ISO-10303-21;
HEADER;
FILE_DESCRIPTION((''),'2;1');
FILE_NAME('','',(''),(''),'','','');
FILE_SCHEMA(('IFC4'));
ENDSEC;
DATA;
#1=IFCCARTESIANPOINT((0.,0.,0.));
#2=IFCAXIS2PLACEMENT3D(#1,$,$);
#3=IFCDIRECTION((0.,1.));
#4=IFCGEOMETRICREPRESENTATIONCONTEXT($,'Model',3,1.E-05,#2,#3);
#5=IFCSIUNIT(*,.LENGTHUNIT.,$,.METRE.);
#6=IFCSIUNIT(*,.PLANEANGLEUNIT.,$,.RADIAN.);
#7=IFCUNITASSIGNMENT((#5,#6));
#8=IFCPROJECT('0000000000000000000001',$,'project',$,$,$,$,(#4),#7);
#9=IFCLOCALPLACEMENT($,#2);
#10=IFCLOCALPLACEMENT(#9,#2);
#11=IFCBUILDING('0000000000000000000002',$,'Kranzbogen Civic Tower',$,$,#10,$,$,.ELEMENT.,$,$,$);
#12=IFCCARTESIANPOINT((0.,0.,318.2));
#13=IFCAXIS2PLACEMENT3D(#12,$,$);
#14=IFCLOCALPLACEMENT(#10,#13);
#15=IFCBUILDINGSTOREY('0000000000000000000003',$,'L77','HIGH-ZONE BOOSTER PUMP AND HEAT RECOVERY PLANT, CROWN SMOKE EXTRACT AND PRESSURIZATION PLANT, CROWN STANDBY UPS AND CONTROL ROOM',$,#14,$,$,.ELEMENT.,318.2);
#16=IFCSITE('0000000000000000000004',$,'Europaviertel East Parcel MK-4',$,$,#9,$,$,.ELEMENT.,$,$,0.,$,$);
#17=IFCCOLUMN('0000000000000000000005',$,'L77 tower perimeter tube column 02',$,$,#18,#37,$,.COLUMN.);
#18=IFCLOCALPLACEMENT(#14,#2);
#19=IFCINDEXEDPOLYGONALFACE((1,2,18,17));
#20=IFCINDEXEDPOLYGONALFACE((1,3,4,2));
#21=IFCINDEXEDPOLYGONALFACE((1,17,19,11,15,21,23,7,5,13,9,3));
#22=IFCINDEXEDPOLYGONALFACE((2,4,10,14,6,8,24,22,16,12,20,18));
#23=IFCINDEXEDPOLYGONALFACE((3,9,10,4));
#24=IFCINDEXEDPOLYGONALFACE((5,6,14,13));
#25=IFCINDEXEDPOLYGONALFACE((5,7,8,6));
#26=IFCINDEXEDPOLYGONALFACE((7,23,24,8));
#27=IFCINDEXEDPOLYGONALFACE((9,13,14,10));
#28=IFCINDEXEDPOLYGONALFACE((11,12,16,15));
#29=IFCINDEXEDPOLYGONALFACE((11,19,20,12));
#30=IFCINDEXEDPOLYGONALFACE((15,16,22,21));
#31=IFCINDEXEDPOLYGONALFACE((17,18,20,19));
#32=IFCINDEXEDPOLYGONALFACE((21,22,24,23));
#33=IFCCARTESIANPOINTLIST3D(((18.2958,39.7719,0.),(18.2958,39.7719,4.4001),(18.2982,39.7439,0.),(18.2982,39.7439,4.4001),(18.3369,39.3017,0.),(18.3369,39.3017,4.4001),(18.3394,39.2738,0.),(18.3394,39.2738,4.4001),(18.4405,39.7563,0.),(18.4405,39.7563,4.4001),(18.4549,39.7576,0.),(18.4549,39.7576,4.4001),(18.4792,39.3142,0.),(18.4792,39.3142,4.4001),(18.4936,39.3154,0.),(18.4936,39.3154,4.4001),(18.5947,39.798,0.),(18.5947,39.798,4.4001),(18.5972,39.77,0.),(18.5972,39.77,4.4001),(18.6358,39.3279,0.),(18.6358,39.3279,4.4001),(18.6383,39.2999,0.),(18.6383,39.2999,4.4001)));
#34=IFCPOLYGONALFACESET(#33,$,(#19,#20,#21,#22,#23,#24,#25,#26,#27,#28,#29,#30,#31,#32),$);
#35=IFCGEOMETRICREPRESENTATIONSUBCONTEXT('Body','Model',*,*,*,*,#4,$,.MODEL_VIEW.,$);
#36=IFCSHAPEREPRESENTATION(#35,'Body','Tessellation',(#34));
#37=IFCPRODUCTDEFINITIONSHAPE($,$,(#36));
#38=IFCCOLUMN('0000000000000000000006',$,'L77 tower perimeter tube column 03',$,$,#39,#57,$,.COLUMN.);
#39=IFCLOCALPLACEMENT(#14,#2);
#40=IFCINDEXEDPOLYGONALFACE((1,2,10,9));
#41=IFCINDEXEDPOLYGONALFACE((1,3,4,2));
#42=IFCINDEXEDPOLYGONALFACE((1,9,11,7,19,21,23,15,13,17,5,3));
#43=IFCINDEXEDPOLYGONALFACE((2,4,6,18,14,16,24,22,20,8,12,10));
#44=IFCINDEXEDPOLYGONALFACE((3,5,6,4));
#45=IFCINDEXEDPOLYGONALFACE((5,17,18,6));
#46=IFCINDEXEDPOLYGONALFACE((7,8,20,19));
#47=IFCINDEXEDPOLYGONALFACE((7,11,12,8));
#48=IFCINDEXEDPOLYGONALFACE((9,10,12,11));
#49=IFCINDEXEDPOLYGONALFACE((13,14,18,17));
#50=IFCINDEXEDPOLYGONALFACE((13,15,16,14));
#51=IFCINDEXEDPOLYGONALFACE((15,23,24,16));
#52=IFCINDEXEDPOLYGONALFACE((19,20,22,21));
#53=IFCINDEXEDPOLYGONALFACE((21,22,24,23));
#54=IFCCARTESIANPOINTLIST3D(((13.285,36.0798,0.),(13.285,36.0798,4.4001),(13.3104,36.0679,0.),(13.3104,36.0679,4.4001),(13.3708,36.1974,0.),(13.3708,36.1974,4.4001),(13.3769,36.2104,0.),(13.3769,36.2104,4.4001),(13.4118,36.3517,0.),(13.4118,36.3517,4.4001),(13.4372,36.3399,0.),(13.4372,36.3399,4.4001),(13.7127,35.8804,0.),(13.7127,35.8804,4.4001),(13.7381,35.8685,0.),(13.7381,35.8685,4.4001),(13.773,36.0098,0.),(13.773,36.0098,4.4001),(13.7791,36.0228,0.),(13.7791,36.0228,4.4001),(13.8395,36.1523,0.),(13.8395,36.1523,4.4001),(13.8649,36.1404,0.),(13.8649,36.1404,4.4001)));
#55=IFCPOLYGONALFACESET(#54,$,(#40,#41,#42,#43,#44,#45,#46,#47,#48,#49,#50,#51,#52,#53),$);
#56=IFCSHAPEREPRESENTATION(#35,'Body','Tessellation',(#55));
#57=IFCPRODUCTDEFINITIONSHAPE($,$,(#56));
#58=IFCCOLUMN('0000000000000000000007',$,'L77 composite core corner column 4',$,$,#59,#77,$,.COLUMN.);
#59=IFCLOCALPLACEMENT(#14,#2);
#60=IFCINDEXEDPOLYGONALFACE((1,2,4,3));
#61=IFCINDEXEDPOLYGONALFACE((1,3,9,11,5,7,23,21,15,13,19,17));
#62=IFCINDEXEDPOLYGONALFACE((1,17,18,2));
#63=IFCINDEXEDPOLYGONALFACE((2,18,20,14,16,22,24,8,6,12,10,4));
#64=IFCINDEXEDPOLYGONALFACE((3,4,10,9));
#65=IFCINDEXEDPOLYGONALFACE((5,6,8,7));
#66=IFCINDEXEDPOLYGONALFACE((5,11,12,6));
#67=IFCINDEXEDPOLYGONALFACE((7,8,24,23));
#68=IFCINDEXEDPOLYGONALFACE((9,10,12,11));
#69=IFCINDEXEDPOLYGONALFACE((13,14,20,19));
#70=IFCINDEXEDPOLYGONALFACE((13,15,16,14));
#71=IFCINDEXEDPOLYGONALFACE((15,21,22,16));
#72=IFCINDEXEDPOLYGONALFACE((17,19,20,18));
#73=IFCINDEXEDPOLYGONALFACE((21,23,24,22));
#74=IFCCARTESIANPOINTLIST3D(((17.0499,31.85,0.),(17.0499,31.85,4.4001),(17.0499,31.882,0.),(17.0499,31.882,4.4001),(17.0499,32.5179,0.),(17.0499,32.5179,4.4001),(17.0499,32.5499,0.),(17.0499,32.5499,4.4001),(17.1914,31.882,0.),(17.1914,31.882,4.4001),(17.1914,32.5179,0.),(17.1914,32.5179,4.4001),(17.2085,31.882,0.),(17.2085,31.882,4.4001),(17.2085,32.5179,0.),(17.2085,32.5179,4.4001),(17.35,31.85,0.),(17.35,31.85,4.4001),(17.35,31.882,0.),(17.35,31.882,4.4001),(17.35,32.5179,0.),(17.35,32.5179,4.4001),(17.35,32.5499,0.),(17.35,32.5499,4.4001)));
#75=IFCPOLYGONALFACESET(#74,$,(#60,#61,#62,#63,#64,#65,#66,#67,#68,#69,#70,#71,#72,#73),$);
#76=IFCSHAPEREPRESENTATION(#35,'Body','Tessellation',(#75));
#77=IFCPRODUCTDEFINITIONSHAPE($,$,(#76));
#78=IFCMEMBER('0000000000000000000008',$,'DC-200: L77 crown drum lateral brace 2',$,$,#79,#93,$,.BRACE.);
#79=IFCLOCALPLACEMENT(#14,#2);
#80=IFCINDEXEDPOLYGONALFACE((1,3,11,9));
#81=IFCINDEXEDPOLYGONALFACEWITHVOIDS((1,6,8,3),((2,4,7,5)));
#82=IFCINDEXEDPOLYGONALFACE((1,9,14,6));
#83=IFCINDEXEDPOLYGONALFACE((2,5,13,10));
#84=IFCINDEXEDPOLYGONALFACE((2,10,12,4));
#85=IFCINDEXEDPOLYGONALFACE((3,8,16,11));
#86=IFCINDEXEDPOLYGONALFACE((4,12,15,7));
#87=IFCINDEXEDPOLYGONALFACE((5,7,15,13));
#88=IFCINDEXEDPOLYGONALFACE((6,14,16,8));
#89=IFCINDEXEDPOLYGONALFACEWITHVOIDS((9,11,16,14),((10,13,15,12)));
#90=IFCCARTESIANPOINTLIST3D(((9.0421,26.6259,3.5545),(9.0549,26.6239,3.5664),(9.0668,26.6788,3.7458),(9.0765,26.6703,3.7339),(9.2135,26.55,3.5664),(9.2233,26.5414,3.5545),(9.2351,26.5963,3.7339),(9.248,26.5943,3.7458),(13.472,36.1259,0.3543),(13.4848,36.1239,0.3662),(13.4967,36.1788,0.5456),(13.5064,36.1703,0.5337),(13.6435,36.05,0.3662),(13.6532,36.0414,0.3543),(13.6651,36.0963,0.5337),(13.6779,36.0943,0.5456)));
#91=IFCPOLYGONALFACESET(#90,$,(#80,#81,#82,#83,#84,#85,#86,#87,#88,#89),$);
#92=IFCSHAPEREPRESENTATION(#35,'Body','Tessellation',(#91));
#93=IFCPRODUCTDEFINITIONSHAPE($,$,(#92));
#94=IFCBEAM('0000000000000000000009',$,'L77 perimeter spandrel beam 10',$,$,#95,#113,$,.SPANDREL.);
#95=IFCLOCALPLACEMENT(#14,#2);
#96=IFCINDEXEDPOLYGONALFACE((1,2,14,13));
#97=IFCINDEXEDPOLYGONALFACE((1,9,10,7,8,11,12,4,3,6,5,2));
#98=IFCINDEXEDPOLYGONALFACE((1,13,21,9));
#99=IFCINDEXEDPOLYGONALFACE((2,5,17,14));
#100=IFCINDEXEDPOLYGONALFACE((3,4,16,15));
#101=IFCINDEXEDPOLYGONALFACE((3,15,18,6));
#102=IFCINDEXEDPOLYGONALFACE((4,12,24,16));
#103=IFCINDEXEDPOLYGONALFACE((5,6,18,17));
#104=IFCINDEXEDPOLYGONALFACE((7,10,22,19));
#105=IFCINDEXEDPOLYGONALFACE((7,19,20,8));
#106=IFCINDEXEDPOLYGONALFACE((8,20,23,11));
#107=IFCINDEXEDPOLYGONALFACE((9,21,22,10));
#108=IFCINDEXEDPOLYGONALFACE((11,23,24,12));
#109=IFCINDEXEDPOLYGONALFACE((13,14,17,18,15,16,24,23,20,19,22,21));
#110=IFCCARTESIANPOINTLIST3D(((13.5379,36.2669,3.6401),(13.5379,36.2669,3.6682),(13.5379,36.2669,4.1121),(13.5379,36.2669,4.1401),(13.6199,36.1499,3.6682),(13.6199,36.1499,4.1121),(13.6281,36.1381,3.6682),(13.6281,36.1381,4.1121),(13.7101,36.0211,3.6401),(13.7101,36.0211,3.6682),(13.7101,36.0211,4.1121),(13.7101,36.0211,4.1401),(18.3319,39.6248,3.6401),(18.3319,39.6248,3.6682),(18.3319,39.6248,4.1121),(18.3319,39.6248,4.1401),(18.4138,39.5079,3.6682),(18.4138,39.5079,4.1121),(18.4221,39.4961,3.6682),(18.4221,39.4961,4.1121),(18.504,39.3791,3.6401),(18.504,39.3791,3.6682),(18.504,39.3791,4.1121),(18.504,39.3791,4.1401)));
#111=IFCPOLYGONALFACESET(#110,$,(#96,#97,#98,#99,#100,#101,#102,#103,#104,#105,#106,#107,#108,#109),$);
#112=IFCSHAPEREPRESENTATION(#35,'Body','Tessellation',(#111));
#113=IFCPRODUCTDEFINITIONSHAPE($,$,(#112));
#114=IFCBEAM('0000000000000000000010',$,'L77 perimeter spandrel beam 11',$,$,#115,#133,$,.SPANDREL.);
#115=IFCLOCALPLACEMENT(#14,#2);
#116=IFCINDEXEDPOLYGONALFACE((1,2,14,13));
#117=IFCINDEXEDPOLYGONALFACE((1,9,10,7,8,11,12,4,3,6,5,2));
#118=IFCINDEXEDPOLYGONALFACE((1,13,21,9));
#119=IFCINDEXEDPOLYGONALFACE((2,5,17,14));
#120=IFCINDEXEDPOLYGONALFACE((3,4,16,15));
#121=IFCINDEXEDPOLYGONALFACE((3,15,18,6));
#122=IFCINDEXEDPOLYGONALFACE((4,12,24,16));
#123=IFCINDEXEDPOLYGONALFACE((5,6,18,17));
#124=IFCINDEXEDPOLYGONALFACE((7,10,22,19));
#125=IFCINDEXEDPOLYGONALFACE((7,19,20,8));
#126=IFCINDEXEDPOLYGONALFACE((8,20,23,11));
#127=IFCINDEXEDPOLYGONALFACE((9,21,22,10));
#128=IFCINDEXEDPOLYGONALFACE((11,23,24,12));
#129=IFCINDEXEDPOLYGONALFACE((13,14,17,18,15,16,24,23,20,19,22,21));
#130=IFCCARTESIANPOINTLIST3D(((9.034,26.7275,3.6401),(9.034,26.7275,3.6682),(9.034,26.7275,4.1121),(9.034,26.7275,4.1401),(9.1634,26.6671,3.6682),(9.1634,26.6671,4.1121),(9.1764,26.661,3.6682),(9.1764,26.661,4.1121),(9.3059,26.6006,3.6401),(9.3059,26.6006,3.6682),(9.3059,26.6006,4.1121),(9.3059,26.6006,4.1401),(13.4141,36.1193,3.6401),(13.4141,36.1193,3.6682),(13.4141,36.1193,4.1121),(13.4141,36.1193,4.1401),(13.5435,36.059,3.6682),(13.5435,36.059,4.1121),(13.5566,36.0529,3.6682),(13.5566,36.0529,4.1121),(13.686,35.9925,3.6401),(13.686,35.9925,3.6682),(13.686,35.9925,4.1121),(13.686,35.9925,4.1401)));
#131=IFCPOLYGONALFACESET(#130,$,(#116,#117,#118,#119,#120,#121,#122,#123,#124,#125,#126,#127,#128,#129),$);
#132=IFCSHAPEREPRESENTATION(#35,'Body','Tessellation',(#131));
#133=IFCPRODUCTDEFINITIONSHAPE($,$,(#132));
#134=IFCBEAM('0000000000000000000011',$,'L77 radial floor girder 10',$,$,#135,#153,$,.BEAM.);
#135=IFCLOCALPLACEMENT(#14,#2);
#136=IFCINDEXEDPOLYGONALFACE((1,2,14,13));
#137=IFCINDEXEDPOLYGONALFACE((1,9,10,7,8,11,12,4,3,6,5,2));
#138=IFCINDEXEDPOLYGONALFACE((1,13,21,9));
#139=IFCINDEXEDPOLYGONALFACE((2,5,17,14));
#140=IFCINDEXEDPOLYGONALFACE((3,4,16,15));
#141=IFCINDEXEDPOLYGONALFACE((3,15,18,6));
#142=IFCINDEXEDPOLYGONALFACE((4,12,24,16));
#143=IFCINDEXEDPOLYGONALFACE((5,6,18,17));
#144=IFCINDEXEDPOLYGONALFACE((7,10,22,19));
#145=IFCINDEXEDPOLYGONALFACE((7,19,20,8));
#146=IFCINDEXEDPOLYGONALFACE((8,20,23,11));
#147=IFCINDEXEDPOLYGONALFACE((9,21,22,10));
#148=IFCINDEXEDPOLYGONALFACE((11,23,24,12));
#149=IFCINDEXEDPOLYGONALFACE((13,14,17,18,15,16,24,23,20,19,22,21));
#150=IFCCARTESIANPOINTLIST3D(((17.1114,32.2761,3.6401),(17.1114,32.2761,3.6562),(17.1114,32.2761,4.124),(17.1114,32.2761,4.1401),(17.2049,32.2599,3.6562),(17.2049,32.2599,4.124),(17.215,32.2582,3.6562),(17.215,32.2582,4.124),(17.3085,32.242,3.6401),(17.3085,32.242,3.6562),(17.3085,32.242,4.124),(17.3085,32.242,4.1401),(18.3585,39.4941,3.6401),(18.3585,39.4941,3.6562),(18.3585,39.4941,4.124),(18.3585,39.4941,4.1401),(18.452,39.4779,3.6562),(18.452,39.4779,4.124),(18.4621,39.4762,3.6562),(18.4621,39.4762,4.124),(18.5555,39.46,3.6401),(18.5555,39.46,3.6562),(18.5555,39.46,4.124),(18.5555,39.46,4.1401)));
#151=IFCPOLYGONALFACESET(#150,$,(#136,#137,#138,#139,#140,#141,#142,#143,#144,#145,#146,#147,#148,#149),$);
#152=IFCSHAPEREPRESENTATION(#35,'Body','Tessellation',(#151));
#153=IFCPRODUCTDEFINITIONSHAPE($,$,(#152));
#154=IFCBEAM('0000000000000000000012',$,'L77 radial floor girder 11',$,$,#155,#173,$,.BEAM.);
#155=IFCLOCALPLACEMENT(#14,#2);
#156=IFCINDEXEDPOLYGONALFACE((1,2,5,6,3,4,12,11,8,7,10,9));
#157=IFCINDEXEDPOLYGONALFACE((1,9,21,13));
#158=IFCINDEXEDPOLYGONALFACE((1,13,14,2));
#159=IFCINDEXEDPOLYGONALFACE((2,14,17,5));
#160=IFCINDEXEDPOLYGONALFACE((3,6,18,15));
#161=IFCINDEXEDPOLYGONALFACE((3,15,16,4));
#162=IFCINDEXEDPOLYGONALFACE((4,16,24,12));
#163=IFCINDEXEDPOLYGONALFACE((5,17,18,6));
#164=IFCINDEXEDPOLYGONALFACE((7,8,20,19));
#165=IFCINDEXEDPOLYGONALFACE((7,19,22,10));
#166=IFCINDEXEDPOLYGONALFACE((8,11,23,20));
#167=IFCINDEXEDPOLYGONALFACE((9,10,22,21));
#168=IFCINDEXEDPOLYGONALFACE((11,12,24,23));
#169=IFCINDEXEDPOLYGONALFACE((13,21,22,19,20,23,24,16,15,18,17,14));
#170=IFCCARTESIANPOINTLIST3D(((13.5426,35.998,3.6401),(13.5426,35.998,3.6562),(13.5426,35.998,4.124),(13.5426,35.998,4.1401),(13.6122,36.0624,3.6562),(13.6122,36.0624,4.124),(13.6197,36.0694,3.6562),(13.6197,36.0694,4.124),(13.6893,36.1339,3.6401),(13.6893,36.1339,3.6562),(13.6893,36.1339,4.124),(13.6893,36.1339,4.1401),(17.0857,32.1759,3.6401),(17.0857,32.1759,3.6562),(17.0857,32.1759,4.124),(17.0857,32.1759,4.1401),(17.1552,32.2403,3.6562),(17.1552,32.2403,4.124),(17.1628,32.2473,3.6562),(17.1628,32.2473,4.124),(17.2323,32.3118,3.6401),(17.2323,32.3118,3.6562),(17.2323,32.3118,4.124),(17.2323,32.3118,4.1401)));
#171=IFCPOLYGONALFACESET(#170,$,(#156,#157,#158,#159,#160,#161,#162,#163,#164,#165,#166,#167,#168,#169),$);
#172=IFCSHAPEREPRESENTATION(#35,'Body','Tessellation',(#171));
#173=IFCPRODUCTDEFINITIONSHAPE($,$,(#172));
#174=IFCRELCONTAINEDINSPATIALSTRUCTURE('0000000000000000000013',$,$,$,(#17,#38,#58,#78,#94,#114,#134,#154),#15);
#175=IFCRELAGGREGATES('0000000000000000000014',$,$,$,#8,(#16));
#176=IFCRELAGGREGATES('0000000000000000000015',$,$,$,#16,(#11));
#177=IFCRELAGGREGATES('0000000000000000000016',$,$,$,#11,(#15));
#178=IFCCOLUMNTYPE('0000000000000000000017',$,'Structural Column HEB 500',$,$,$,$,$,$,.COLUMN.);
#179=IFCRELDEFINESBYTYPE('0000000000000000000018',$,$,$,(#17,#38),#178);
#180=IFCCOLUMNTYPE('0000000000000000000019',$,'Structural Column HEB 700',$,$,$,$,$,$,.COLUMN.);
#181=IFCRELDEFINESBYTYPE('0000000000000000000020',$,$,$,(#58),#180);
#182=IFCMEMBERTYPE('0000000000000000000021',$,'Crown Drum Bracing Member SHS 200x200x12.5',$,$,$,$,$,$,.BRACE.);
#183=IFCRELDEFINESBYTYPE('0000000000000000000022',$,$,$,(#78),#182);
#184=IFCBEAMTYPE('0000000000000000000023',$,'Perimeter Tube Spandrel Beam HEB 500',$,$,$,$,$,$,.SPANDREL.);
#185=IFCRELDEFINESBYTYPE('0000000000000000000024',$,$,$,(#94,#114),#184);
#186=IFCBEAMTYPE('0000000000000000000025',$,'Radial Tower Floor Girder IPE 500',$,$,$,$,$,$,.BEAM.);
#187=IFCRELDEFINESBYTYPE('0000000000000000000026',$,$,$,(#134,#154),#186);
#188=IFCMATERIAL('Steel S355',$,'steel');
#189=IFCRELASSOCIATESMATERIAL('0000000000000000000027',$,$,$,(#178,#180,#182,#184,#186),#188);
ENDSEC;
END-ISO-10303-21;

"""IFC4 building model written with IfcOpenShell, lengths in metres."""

from ifc_helpers import new_model, si_unit, direction, frame, origin, origin_2d, place, context, subcontext, project, spatial, hollow_rectangle, i_section, extrude, material, material_profile, profile_set, type_object, element, save


model = new_model("IFC4")

# Units and contexts
model_context = context("Model", 3, precision=1e-05, world=origin(), true_north=direction((0.0, 1.0)))
body_context = subcontext(model_context, "Body", "Model", "MODEL_VIEW")
ifc_project = project(units=[si_unit("LENGTHUNIT", "METRE"), si_unit("PLANEANGLEUNIT", "RADIAN")], contexts=[model_context])

# Site, building, storey
site_placement = place(None, origin())
site = spatial("IfcSite", under=ifc_project, at=site_placement, Name="Europaviertel East Parcel MK-4", CompositionType="ELEMENT", RefElevation=0.0)
building_placement = place(site_placement, origin())
building = spatial("IfcBuilding", under=site, at=building_placement, Name="Kranzbogen Civic Tower", CompositionType="ELEMENT")
storey_placement = place(building_placement, frame((0.0, 0.0, 318.2)))
storey = spatial("IfcBuildingStorey", under=building, at=storey_placement, Name="L77", Description="HIGH-ZONE BOOSTER PUMP AND HEAT RECOVERY PLANT, CROWN SMOKE EXTRACT AND PRESSURIZATION PLANT, CROWN STANDBY UPS AND CONTROL ROOM", CompositionType="ELEMENT", Elevation=318.2)

# Columns
ifc_material_1 = material(Name="Steel S355", Category="steel")
ifc_material_profile_1 = material_profile(ifc_material_1, i_section(OverallWidth=0.3, OverallDepth=0.5, WebThickness=0.0144, FlangeThickness=0.0281, at=origin_2d()), Name="HEB 500")
ifc_profile_set_1 = profile_set([ifc_material_profile_1], Name="Steel S355")
column_type_1 = type_object("IfcColumnType", Name="Structural Column HEB 500", PredefinedType="COLUMN", material=ifc_profile_set_1)
for number, where, z_axis, x_axis, name in (
    (1, (18.467, 39.5359, 0.0), (0.0, 0.0, 1.0), (0.996195, 0.087156, 0.0), "L77 tower perimeter tube column 02"),
    (2, (13.575, 36.1101, 0.0), (0.0, 0.0, 1.0), (0.422618, 0.906308, 0.0), "L77 tower perimeter tube column 03"),
):
    element("IfcColumn", number, at=place(storey_placement, frame(where, z_axis=z_axis, x_axis=x_axis)), inside=storey, type_object=column_type_1, Name=name, PredefinedType="COLUMN", context=body_context, shape_type="SweptSolid", body=[
        extrude(i_section(OverallWidth=0.3, OverallDepth=0.5, WebThickness=0.0144, FlangeThickness=0.0281, at=origin_2d()), origin(), (0.0, 0.0, 1.0), 4.4001),
    ])
ifc_material_profile_2 = material_profile(ifc_material_1, i_section(OverallWidth=0.3, OverallDepth=0.7, WebThickness=0.0171, FlangeThickness=0.032, at=origin_2d()), Name="HEB 700")
ifc_profile_set_2 = profile_set([ifc_material_profile_2], Name="Steel S355")
column_type_2 = type_object("IfcColumnType", Name="Structural Column HEB 700", PredefinedType="COLUMN", material=ifc_profile_set_2)
column_placement = place(storey_placement, frame((17.2, 32.2, 0.0), z_axis=(0.0, 0.0, 1.0), x_axis=(1.0, 0.0, 0.0)))
element("IfcColumn", 3, at=column_placement, inside=storey, type_object=column_type_2, Name="L77 composite core corner column 4", PredefinedType="COLUMN", context=body_context, shape_type="SweptSolid", body=[
    extrude(i_section(OverallWidth=0.3, OverallDepth=0.7, WebThickness=0.0171, FlangeThickness=0.032, at=origin_2d()), origin(), (0.0, 0.0, 1.0), 4.4001),
])

# Member
ifc_material_profile_3 = material_profile(ifc_material_1, hollow_rectangle(XDim=0.2, YDim=0.2, WallThickness=0.0125, at=origin_2d()), Name="SHS 200x200x12.5")
ifc_profile_set_3 = profile_set([ifc_material_profile_3], Name="Steel S355")
member_type = type_object("IfcMemberType", Name="Crown Drum Bracing Member SHS 200x200x12.5", PredefinedType="BRACE", material=ifc_profile_set_3)
member_placement = place(storey_placement, frame((13.575, 36.1101, 0.45), z_axis=(-0.404201, -0.86681, 0.291996), x_axis=(0.906307, -0.422619, 0.0)))
element("IfcMember", 4, at=member_placement, inside=storey, type_object=member_type, Name="DC-200: L77 crown drum lateral brace 2", PredefinedType="BRACE", context=body_context, shape_type="SweptSolid", body=[
    extrude(hollow_rectangle(XDim=0.2, YDim=0.2, WallThickness=0.0125, at=origin_2d()), origin(), (0.0, 0.0, 1.0), 10.9597),
])

# Beams
ifc_material_profile_4 = material_profile(ifc_material_1, i_section(OverallWidth=0.3, OverallDepth=0.5, WebThickness=0.0144, FlangeThickness=0.0281, at=origin_2d()), Name="HEB 500")
ifc_profile_set_4 = profile_set([ifc_material_profile_4], Name="Steel S355")
beam_type_1 = type_object("IfcBeamType", Name="Perimeter Tube Spandrel Beam HEB 500", PredefinedType="SPANDREL", material=ifc_profile_set_4)
beam_1_placement = place(storey_placement, frame((18.418, 39.502, 3.8901), z_axis=(-0.819059, -0.573709, 0.0), x_axis=(0.573709, -0.819059, 0.0)))
element("IfcBeam", 5, at=beam_1_placement, inside=storey, type_object=beam_type_1, Name="L77 perimeter spandrel beam 10", PredefinedType="SPANDREL", context=body_context, shape_type="SweptSolid", body=[
    extrude(i_section(OverallWidth=0.3, OverallDepth=0.5, WebThickness=0.0144, FlangeThickness=0.0281, at=origin_2d()), origin(), (0.0, 0.0, 1.0), 5.853),
])
beam_2_placement = place(storey_placement, frame((13.55, 36.0559, 3.8901), z_axis=(-0.422669, -0.906284, 0.0), x_axis=(0.906284, -0.422669, 0.0)))
element("IfcBeam", 6, at=beam_2_placement, inside=storey, type_object=beam_type_1, Name="L77 perimeter spandrel beam 11", PredefinedType="SPANDREL", context=body_context, shape_type="SweptSolid", body=[
    extrude(i_section(OverallWidth=0.3, OverallDepth=0.5, WebThickness=0.0144, FlangeThickness=0.0281, at=origin_2d()), origin(), (0.0, 0.0, 1.0), 10.363),
])
ifc_material_profile_5 = material_profile(ifc_material_1, i_section(OverallWidth=0.2, OverallDepth=0.5, WebThickness=0.0103, FlangeThickness=0.0161, at=origin_2d()), Name="IPE 500")
ifc_profile_set_5 = profile_set([ifc_material_profile_5], Name="Steel S355")
beam_type_2 = type_object("IfcBeamType", Name="Radial Tower Floor Girder IPE 500", PredefinedType="BEAM", material=ifc_profile_set_5)
beam_3_placement = place(storey_placement, frame((18.457, 39.4771, 3.8901), z_axis=(-0.17025, -0.985401, 0.0), x_axis=(0.985401, -0.17025, 0.0)))
element("IfcBeam", 7, at=beam_3_placement, inside=storey, type_object=beam_type_2, Name="L77 radial floor girder 10", PredefinedType="BEAM", context=body_context, shape_type="SweptSolid", body=[
    extrude(i_section(OverallWidth=0.2, OverallDepth=0.5, WebThickness=0.0103, FlangeThickness=0.0161, at=origin_2d()), origin(), (0.0, 0.0, 1.0), 7.325),
])
beam_4_placement = place(storey_placement, frame((13.616, 36.0659, 3.8901), z_axis=(0.679827, -0.733372, 0.0), x_axis=(0.733372, 0.679827, 0.0)))
element("IfcBeam", 8, at=beam_4_placement, inside=storey, type_object=beam_type_2, Name="L77 radial floor girder 11", PredefinedType="BEAM", context=body_context, shape_type="SweptSolid", body=[
    extrude(i_section(OverallWidth=0.2, OverallDepth=0.5, WebThickness=0.0103, FlangeThickness=0.0161, at=origin_2d()), origin(), (0.0, 0.0, 1.0), 5.2117),
])

save(model, "model.ifc")
